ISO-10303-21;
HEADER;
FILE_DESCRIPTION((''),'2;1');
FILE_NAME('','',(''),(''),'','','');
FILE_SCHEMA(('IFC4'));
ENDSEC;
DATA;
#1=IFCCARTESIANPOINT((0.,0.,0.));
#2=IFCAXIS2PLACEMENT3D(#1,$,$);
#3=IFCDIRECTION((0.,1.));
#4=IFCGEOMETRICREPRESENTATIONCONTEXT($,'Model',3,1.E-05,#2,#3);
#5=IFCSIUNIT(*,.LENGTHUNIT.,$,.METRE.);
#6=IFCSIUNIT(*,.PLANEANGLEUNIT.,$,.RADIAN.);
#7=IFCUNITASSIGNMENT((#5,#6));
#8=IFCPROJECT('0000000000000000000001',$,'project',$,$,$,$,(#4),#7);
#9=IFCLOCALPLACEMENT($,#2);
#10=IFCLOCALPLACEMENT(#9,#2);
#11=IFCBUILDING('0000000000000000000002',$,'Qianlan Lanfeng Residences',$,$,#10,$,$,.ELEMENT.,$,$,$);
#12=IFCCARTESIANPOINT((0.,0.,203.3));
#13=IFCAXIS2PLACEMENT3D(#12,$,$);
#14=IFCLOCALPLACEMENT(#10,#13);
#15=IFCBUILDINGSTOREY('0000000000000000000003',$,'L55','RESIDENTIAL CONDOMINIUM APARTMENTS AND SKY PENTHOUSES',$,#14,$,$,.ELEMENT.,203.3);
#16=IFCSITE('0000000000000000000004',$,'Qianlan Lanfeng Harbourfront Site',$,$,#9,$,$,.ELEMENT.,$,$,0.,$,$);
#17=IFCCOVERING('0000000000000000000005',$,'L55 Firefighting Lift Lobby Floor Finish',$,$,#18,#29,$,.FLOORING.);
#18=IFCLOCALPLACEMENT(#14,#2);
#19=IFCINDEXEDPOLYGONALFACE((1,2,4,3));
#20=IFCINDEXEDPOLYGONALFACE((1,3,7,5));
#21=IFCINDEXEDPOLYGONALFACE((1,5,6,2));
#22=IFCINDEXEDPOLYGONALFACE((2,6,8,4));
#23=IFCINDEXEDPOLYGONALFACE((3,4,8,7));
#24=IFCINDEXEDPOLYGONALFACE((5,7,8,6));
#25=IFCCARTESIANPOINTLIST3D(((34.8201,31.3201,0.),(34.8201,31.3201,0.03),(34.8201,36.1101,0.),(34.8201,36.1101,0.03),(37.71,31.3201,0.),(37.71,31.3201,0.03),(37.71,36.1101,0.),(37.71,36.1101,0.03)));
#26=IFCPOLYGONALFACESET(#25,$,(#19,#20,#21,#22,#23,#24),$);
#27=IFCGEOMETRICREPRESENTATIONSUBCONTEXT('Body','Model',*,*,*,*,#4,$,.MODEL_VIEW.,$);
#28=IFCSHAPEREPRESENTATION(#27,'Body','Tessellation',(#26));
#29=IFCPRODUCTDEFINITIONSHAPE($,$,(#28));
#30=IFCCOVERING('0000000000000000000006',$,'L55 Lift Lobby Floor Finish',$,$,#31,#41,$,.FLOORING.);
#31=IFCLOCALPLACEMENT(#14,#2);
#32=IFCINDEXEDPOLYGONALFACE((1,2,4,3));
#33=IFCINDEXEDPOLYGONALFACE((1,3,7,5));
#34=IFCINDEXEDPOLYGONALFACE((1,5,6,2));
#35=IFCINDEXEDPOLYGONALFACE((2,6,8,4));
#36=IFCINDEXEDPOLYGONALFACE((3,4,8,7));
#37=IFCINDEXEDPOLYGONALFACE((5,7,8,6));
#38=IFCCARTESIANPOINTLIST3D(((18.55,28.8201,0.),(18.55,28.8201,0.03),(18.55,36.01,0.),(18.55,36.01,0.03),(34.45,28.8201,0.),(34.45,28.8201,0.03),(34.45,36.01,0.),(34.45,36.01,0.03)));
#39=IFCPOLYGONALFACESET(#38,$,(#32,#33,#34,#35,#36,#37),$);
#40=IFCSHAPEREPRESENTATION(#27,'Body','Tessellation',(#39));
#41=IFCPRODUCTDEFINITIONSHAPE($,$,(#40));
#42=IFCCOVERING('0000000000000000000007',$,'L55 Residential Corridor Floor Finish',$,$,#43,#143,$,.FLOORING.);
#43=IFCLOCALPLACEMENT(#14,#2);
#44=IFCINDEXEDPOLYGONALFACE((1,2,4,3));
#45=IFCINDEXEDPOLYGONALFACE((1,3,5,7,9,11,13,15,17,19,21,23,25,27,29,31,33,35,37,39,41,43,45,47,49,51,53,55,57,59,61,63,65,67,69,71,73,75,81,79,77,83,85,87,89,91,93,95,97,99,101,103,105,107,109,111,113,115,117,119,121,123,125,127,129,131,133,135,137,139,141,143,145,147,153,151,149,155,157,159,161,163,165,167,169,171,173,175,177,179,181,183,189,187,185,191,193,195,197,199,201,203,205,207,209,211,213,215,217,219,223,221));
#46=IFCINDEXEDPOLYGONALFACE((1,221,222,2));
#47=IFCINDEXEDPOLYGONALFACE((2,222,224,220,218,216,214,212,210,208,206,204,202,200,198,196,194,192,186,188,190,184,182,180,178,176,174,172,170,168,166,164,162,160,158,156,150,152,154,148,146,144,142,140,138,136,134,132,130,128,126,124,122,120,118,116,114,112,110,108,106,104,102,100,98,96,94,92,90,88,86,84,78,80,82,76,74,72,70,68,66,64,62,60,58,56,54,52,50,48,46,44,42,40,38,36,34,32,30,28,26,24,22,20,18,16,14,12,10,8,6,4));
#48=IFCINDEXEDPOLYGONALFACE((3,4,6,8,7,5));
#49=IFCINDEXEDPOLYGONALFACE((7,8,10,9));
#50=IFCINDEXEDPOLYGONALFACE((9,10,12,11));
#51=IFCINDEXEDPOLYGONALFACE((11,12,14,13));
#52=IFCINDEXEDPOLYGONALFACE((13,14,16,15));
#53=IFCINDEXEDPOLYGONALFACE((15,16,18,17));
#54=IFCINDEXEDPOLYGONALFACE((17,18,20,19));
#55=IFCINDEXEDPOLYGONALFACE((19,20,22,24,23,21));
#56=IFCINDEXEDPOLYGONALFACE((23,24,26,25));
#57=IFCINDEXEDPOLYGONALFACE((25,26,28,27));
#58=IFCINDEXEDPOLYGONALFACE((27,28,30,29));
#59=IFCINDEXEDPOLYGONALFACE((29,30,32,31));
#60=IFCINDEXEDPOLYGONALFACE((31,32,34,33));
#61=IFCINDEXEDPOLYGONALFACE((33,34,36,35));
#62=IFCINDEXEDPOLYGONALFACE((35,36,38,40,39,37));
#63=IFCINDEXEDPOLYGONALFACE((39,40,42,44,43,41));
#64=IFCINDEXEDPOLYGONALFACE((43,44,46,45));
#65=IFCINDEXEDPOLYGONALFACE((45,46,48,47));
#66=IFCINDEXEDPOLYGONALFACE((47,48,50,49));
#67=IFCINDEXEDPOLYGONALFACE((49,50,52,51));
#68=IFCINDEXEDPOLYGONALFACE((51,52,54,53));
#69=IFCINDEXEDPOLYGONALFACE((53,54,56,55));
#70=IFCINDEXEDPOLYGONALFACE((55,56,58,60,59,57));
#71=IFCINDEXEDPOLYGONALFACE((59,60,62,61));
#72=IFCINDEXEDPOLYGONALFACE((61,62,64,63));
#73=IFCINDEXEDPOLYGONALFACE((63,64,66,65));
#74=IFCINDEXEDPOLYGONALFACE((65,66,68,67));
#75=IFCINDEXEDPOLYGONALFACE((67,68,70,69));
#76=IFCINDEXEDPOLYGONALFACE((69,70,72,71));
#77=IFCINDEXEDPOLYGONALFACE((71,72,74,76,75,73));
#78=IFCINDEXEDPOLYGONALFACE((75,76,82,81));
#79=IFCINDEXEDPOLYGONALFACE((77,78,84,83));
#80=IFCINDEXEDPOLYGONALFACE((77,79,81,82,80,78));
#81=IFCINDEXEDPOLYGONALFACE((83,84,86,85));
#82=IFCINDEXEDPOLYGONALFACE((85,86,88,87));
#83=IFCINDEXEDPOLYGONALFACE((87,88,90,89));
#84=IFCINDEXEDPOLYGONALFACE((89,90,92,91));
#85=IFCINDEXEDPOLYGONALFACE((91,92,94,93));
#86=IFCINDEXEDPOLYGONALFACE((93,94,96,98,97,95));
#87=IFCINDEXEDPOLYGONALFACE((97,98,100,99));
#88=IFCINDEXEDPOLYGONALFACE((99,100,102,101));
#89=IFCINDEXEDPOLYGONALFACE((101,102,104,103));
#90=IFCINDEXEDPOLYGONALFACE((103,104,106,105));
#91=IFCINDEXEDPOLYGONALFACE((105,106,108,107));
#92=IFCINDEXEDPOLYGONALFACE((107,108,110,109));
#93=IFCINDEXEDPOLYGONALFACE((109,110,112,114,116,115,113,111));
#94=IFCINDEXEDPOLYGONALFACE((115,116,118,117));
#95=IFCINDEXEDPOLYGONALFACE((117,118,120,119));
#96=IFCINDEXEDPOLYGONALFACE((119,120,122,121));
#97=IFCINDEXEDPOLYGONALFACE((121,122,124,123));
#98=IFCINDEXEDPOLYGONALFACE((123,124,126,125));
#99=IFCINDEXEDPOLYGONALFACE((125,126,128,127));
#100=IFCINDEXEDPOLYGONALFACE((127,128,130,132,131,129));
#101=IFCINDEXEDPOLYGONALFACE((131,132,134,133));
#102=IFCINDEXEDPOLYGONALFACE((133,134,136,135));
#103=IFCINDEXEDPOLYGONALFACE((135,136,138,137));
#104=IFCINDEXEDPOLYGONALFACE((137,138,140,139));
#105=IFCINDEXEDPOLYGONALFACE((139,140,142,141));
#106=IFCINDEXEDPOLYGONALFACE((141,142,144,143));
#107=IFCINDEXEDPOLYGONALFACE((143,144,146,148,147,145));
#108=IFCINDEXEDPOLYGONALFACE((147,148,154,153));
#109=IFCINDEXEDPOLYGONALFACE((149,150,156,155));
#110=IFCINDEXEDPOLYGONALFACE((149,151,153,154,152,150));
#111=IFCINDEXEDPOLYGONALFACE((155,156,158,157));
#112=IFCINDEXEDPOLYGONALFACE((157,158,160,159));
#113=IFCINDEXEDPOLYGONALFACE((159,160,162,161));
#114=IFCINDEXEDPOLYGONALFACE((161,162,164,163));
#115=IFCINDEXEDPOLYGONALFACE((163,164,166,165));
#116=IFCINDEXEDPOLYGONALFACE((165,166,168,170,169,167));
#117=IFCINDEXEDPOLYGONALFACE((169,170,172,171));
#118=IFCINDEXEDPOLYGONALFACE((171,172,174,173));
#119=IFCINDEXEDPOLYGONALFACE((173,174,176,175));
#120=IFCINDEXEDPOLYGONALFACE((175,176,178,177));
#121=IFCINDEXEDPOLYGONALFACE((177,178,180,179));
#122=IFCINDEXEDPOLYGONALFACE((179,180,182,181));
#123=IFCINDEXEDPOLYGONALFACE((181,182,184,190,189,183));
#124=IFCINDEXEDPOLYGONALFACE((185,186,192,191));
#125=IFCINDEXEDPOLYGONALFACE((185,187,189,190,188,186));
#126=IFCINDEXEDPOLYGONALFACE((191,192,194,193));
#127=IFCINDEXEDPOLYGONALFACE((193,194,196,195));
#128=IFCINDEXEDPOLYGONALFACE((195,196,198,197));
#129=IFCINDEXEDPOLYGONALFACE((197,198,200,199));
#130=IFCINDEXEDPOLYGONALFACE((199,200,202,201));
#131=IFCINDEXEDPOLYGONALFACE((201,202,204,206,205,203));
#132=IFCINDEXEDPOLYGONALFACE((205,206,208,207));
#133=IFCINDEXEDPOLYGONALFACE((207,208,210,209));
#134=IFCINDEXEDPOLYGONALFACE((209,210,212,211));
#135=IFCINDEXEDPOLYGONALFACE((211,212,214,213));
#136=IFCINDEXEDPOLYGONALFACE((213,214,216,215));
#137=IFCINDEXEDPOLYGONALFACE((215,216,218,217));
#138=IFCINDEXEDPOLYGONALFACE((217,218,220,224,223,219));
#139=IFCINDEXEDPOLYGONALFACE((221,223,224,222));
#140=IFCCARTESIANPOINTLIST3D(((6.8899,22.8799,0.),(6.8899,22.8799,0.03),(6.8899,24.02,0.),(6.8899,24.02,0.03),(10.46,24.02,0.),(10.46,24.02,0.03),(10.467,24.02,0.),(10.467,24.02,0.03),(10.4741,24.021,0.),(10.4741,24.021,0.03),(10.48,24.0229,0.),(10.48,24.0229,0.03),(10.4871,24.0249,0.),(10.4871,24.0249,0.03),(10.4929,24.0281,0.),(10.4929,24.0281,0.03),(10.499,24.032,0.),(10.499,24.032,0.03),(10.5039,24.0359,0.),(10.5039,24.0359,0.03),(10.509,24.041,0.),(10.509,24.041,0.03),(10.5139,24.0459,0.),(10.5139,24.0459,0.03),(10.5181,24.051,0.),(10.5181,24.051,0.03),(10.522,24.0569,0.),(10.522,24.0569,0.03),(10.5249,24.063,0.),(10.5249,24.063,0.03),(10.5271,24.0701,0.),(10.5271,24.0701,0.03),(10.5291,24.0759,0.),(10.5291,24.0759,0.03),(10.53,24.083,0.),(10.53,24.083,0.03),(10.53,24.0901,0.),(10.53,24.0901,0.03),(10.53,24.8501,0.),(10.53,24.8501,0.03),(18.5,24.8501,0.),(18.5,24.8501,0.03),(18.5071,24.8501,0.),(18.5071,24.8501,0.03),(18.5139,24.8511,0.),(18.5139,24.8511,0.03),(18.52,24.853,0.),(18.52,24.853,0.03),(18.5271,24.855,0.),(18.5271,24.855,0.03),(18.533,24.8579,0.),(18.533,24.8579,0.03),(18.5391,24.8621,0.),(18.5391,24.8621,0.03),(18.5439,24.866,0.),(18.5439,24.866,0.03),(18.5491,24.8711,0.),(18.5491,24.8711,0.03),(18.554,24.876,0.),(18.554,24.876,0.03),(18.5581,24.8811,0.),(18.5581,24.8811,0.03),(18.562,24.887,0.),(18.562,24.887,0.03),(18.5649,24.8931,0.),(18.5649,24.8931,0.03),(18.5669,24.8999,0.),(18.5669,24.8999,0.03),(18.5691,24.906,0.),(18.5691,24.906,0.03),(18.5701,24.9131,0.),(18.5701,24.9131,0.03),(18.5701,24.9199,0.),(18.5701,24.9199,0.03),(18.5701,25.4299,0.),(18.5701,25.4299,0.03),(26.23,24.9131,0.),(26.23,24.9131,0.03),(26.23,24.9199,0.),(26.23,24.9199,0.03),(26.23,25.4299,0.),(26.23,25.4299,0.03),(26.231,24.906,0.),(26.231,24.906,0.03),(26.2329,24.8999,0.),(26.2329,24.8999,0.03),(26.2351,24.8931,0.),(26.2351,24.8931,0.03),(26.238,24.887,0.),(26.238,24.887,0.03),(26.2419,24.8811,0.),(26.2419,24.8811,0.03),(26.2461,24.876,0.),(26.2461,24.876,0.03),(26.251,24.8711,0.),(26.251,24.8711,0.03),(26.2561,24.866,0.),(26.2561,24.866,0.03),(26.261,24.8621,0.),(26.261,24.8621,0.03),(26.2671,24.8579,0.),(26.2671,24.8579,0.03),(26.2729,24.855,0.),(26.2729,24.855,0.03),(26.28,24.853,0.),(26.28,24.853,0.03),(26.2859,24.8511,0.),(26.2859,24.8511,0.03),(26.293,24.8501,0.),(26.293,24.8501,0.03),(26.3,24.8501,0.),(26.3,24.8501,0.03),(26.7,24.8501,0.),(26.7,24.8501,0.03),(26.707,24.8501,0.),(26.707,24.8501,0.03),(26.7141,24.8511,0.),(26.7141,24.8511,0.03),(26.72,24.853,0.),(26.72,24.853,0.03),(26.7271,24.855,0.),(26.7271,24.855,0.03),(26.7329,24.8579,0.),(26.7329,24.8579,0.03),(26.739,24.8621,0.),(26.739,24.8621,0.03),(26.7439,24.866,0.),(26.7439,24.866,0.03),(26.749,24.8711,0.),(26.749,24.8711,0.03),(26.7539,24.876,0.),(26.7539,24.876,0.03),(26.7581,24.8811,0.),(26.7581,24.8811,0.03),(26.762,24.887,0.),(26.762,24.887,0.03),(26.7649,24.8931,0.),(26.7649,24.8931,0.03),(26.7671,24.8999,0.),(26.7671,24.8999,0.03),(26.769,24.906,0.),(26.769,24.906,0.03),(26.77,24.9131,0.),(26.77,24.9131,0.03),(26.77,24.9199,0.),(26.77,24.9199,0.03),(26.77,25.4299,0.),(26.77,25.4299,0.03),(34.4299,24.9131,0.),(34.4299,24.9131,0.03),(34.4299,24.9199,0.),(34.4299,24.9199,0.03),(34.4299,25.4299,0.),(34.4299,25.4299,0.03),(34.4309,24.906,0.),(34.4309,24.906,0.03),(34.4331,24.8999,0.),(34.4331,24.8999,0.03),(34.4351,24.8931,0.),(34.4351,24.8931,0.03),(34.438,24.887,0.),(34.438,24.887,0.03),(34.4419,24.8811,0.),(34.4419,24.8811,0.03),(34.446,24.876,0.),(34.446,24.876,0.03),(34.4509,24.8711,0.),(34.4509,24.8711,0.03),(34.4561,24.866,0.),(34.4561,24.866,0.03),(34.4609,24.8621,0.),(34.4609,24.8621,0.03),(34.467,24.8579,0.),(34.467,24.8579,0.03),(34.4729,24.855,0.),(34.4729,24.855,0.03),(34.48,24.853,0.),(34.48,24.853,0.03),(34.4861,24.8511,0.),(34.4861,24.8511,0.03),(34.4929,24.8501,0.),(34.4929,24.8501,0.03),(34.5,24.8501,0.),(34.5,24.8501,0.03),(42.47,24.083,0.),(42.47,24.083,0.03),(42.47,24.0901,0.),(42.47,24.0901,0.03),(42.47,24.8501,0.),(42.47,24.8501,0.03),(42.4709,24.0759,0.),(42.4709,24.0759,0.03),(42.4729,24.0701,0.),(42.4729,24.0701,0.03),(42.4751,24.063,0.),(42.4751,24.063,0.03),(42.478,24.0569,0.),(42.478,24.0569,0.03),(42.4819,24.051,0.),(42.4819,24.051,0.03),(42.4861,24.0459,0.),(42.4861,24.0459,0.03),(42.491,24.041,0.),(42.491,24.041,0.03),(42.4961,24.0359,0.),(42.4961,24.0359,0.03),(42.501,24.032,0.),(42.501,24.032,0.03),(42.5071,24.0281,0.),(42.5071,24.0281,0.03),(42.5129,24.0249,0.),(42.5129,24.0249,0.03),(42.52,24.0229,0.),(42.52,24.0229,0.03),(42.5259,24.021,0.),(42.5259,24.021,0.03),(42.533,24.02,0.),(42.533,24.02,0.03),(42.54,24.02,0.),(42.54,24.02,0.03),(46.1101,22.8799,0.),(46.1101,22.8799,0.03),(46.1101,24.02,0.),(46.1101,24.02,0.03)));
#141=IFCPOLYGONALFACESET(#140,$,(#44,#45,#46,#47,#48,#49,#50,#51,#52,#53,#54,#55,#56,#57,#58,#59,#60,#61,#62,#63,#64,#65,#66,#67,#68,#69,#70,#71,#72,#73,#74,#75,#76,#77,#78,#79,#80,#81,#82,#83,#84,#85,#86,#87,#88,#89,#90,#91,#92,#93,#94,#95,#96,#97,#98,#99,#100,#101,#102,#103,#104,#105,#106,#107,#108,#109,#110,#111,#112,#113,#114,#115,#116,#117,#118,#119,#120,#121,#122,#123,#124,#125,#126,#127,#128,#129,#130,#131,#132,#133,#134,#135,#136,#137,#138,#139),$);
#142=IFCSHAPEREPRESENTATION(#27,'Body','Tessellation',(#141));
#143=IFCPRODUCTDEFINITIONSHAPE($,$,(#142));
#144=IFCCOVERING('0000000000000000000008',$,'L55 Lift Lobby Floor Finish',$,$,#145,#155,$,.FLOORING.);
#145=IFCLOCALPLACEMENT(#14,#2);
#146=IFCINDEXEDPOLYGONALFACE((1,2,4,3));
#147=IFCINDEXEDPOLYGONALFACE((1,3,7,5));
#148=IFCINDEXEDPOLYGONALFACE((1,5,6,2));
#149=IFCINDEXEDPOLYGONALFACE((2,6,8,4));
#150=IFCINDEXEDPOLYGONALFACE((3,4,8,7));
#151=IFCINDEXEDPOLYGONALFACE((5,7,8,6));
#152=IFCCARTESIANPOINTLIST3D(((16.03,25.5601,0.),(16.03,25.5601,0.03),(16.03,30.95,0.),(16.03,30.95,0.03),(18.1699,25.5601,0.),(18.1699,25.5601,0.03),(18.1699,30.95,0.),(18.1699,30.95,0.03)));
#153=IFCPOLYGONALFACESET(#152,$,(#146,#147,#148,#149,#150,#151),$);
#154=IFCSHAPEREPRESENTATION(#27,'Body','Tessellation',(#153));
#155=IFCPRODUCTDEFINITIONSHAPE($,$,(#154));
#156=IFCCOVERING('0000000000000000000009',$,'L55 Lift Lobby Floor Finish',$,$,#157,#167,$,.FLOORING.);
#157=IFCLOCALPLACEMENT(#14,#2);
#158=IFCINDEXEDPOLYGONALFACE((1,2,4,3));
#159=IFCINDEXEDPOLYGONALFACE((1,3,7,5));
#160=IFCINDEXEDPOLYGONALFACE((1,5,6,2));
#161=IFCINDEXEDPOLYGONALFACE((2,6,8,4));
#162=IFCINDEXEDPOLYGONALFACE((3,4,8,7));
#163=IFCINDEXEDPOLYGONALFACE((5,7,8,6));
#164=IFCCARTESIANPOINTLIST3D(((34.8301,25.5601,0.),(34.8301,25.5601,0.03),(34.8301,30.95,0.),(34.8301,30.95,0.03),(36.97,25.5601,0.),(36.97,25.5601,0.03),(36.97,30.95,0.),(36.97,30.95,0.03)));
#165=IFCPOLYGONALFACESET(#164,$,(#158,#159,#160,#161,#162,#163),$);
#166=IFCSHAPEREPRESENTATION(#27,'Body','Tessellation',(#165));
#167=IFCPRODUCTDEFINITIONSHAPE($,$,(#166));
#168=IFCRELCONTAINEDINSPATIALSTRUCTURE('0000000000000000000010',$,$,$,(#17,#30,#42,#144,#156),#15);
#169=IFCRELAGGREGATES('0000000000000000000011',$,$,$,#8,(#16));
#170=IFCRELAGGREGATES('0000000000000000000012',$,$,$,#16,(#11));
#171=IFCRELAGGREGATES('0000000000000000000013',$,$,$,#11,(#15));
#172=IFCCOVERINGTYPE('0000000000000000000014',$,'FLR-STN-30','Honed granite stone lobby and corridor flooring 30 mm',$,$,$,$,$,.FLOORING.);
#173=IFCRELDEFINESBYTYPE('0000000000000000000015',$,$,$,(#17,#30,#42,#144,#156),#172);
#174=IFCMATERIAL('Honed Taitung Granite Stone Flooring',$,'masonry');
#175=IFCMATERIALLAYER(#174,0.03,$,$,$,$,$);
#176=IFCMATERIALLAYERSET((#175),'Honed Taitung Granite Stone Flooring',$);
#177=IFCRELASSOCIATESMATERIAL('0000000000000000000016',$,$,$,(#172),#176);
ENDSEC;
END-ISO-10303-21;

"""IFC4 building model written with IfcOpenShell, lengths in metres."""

from ifc_helpers import new_model, si_unit, direction, frame, origin, place, context, subcontext, project, spatial, polyline, outline, extrude, material, layer, layer_set, type_object, element, save


model = new_model("IFC4")

# Units and contexts
model_context = context("Model", 3, precision=1e-05, world=origin(), true_north=direction((0.0, 1.0)))
body_context = subcontext(model_context, "Body", "Model", "MODEL_VIEW")
ifc_project = project(units=[si_unit("LENGTHUNIT", "METRE"), si_unit("PLANEANGLEUNIT", "RADIAN")], contexts=[model_context])

# Site, building, storey
site_placement = place(None, origin())
site = spatial("IfcSite", under=ifc_project, at=site_placement, Name="Qianlan Lanfeng Harbourfront Site", CompositionType="ELEMENT", RefElevation=0.0)
building_placement = place(site_placement, origin())
building = spatial("IfcBuilding", under=site, at=building_placement, Name="Qianlan Lanfeng Residences", CompositionType="ELEMENT")
storey_placement = place(building_placement, frame((0.0, 0.0, 203.3)))
storey = spatial("IfcBuildingStorey", under=building, at=storey_placement, Name="L55", Description="RESIDENTIAL CONDOMINIUM APARTMENTS AND SKY PENTHOUSES", CompositionType="ELEMENT", Elevation=203.3)

# Coverings
ifc_material_1 = material(Name="Honed Taitung Granite Stone Flooring", Category="masonry")
ifc_layer_1 = layer(ifc_material_1, 0.03)
ifc_layer_set_1 = layer_set([ifc_layer_1], Name="Honed Taitung Granite Stone Flooring")
covering_type_1 = type_object("IfcCoveringType", Name="FLR-STN-30", Description="Honed granite stone lobby and corridor flooring 30 mm", PredefinedType="FLOORING", material=ifc_layer_set_1)
covering_1_placement = place(storey_placement, origin())
element("IfcCovering", 1, at=covering_1_placement, inside=storey, type_object=covering_type_1, Name="L55 Firefighting Lift Lobby Floor Finish", PredefinedType="FLOORING", context=body_context, shape_type="SweptSolid", body=[
    extrude(outline(polyline([(34.8201, 31.3201), (37.71, 31.3201), (37.71, 36.1101), (34.8201, 36.1101), (34.8201, 31.3201)])), origin(), (0.0, 0.0, 1.0), 0.03),
])
covering_2_placement = place(storey_placement, origin())
element("IfcCovering", 2, at=covering_2_placement, inside=storey, type_object=covering_type_1, Name="L55 Lift Lobby Floor Finish", PredefinedType="FLOORING", context=body_context, shape_type="SweptSolid", body=[
    extrude(outline(polyline([(18.55, 28.8201), (34.45, 28.8201), (34.45, 36.01), (18.55, 36.01), (18.55, 28.8201)])), origin(), (0.0, 0.0, 1.0), 0.03),
])
covering_3_placement = place(storey_placement, origin())
element("IfcCovering", 3, at=covering_3_placement, inside=storey, type_object=covering_type_1, Name="L55 Residential Corridor Floor Finish", PredefinedType="FLOORING", context=body_context, shape_type="SweptSolid", body=[
    extrude(outline(polyline([(6.8899, 22.8799), (46.1101, 22.8799), (46.1101, 24.02), (42.54, 24.02), (42.533, 24.02), (42.5259, 24.021), (42.52, 24.0229), (42.5129, 24.0249), (42.5071, 24.0281), (42.501, 24.032), (42.4961, 24.0359), (42.491, 24.041), (42.4861, 24.0459), (42.4819, 24.051), (42.478, 24.0569), (42.4751, 24.063), (42.4729, 24.0701), (42.4709, 24.0759), (42.47, 24.083), (42.47, 24.0901), (42.47, 24.8501), (34.5, 24.8501), (34.4929, 24.8501), (34.4861, 24.8511), (34.48, 24.853), (34.4729, 24.855), (34.467, 24.8579), (34.4609, 24.8621), (34.4561, 24.866), (34.4509, 24.8711), (34.446, 24.876), (34.4419, 24.8811), (34.438, 24.887), (34.4351, 24.8931), (34.4331, 24.8999), (34.4309, 24.906), (34.4299, 24.9131), (34.4299, 24.9199), (34.4299, 25.4299), (26.77, 25.4299), (26.77, 24.9199), (26.77, 24.9131), (26.769, 24.906), (26.7671, 24.8999), (26.7649, 24.8931), (26.762, 24.887), (26.7581, 24.8811), (26.7539, 24.876), (26.749, 24.8711), (26.7439, 24.866), (26.739, 24.8621), (26.7329, 24.8579), (26.7271, 24.855), (26.72, 24.853), (26.7141, 24.8511), (26.707, 24.8501), (26.7, 24.8501), (26.3, 24.8501), (26.293, 24.8501), (26.2859, 24.8511), (26.28, 24.853), (26.2729, 24.855), (26.2671, 24.8579), (26.261, 24.8621), (26.2561, 24.866), (26.251, 24.8711), (26.2461, 24.876), (26.2419, 24.8811), (26.238, 24.887), (26.2351, 24.8931), (26.2329, 24.8999), (26.231, 24.906), (26.23, 24.9131), (26.23, 24.9199), (26.23, 25.4299), (18.5701, 25.4299), (18.5701, 24.9199), (18.5701, 24.9131), (18.5691, 24.906), (18.5669, 24.8999), (18.5649, 24.8931), (18.562, 24.887), (18.5581, 24.8811), (18.554, 24.876), (18.5491, 24.8711), (18.5439, 24.866), (18.5391, 24.8621), (18.533, 24.8579), (18.5271, 24.855), (18.52, 24.853), (18.5139, 24.8511), (18.5071, 24.8501), (18.5, 24.8501), (10.53, 24.8501), (10.53, 24.0901), (10.53, 24.083), (10.5291, 24.0759), (10.5271, 24.0701), (10.5249, 24.063), (10.522, 24.0569), (10.5181, 24.051), (10.5139, 24.0459), (10.509, 24.041), (10.5039, 24.0359), (10.499, 24.032), (10.4929, 24.0281), (10.4871, 24.0249), (10.48, 24.0229), (10.4741, 24.021), (10.467, 24.02), (10.46, 24.02), (6.8899, 24.02), (6.8899, 22.8799)])), origin(), (0.0, 0.0, 1.0), 0.03),
])
covering_4_placement = place(storey_placement, origin())
element("IfcCovering", 4, at=covering_4_placement, inside=storey, type_object=covering_type_1, Name="L55 Lift Lobby Floor Finish", PredefinedType="FLOORING", context=body_context, shape_type="SweptSolid", body=[
    extrude(outline(polyline([(16.03, 25.5601), (18.1699, 25.5601), (18.1699, 30.95), (16.03, 30.95), (16.03, 25.5601)])), origin(), (0.0, 0.0, 1.0), 0.03),
])
covering_5_placement = place(storey_placement, origin())
element("IfcCovering", 5, at=covering_5_placement, inside=storey, type_object=covering_type_1, Name="L55 Lift Lobby Floor Finish", PredefinedType="FLOORING", context=body_context, shape_type="SweptSolid", body=[
    extrude(outline(polyline([(34.8301, 25.5601), (36.97, 25.5601), (36.97, 30.95), (34.8301, 30.95), (34.8301, 25.5601)])), origin(), (0.0, 0.0, 1.0), 0.03),
])

save(model, "model.ifc")
